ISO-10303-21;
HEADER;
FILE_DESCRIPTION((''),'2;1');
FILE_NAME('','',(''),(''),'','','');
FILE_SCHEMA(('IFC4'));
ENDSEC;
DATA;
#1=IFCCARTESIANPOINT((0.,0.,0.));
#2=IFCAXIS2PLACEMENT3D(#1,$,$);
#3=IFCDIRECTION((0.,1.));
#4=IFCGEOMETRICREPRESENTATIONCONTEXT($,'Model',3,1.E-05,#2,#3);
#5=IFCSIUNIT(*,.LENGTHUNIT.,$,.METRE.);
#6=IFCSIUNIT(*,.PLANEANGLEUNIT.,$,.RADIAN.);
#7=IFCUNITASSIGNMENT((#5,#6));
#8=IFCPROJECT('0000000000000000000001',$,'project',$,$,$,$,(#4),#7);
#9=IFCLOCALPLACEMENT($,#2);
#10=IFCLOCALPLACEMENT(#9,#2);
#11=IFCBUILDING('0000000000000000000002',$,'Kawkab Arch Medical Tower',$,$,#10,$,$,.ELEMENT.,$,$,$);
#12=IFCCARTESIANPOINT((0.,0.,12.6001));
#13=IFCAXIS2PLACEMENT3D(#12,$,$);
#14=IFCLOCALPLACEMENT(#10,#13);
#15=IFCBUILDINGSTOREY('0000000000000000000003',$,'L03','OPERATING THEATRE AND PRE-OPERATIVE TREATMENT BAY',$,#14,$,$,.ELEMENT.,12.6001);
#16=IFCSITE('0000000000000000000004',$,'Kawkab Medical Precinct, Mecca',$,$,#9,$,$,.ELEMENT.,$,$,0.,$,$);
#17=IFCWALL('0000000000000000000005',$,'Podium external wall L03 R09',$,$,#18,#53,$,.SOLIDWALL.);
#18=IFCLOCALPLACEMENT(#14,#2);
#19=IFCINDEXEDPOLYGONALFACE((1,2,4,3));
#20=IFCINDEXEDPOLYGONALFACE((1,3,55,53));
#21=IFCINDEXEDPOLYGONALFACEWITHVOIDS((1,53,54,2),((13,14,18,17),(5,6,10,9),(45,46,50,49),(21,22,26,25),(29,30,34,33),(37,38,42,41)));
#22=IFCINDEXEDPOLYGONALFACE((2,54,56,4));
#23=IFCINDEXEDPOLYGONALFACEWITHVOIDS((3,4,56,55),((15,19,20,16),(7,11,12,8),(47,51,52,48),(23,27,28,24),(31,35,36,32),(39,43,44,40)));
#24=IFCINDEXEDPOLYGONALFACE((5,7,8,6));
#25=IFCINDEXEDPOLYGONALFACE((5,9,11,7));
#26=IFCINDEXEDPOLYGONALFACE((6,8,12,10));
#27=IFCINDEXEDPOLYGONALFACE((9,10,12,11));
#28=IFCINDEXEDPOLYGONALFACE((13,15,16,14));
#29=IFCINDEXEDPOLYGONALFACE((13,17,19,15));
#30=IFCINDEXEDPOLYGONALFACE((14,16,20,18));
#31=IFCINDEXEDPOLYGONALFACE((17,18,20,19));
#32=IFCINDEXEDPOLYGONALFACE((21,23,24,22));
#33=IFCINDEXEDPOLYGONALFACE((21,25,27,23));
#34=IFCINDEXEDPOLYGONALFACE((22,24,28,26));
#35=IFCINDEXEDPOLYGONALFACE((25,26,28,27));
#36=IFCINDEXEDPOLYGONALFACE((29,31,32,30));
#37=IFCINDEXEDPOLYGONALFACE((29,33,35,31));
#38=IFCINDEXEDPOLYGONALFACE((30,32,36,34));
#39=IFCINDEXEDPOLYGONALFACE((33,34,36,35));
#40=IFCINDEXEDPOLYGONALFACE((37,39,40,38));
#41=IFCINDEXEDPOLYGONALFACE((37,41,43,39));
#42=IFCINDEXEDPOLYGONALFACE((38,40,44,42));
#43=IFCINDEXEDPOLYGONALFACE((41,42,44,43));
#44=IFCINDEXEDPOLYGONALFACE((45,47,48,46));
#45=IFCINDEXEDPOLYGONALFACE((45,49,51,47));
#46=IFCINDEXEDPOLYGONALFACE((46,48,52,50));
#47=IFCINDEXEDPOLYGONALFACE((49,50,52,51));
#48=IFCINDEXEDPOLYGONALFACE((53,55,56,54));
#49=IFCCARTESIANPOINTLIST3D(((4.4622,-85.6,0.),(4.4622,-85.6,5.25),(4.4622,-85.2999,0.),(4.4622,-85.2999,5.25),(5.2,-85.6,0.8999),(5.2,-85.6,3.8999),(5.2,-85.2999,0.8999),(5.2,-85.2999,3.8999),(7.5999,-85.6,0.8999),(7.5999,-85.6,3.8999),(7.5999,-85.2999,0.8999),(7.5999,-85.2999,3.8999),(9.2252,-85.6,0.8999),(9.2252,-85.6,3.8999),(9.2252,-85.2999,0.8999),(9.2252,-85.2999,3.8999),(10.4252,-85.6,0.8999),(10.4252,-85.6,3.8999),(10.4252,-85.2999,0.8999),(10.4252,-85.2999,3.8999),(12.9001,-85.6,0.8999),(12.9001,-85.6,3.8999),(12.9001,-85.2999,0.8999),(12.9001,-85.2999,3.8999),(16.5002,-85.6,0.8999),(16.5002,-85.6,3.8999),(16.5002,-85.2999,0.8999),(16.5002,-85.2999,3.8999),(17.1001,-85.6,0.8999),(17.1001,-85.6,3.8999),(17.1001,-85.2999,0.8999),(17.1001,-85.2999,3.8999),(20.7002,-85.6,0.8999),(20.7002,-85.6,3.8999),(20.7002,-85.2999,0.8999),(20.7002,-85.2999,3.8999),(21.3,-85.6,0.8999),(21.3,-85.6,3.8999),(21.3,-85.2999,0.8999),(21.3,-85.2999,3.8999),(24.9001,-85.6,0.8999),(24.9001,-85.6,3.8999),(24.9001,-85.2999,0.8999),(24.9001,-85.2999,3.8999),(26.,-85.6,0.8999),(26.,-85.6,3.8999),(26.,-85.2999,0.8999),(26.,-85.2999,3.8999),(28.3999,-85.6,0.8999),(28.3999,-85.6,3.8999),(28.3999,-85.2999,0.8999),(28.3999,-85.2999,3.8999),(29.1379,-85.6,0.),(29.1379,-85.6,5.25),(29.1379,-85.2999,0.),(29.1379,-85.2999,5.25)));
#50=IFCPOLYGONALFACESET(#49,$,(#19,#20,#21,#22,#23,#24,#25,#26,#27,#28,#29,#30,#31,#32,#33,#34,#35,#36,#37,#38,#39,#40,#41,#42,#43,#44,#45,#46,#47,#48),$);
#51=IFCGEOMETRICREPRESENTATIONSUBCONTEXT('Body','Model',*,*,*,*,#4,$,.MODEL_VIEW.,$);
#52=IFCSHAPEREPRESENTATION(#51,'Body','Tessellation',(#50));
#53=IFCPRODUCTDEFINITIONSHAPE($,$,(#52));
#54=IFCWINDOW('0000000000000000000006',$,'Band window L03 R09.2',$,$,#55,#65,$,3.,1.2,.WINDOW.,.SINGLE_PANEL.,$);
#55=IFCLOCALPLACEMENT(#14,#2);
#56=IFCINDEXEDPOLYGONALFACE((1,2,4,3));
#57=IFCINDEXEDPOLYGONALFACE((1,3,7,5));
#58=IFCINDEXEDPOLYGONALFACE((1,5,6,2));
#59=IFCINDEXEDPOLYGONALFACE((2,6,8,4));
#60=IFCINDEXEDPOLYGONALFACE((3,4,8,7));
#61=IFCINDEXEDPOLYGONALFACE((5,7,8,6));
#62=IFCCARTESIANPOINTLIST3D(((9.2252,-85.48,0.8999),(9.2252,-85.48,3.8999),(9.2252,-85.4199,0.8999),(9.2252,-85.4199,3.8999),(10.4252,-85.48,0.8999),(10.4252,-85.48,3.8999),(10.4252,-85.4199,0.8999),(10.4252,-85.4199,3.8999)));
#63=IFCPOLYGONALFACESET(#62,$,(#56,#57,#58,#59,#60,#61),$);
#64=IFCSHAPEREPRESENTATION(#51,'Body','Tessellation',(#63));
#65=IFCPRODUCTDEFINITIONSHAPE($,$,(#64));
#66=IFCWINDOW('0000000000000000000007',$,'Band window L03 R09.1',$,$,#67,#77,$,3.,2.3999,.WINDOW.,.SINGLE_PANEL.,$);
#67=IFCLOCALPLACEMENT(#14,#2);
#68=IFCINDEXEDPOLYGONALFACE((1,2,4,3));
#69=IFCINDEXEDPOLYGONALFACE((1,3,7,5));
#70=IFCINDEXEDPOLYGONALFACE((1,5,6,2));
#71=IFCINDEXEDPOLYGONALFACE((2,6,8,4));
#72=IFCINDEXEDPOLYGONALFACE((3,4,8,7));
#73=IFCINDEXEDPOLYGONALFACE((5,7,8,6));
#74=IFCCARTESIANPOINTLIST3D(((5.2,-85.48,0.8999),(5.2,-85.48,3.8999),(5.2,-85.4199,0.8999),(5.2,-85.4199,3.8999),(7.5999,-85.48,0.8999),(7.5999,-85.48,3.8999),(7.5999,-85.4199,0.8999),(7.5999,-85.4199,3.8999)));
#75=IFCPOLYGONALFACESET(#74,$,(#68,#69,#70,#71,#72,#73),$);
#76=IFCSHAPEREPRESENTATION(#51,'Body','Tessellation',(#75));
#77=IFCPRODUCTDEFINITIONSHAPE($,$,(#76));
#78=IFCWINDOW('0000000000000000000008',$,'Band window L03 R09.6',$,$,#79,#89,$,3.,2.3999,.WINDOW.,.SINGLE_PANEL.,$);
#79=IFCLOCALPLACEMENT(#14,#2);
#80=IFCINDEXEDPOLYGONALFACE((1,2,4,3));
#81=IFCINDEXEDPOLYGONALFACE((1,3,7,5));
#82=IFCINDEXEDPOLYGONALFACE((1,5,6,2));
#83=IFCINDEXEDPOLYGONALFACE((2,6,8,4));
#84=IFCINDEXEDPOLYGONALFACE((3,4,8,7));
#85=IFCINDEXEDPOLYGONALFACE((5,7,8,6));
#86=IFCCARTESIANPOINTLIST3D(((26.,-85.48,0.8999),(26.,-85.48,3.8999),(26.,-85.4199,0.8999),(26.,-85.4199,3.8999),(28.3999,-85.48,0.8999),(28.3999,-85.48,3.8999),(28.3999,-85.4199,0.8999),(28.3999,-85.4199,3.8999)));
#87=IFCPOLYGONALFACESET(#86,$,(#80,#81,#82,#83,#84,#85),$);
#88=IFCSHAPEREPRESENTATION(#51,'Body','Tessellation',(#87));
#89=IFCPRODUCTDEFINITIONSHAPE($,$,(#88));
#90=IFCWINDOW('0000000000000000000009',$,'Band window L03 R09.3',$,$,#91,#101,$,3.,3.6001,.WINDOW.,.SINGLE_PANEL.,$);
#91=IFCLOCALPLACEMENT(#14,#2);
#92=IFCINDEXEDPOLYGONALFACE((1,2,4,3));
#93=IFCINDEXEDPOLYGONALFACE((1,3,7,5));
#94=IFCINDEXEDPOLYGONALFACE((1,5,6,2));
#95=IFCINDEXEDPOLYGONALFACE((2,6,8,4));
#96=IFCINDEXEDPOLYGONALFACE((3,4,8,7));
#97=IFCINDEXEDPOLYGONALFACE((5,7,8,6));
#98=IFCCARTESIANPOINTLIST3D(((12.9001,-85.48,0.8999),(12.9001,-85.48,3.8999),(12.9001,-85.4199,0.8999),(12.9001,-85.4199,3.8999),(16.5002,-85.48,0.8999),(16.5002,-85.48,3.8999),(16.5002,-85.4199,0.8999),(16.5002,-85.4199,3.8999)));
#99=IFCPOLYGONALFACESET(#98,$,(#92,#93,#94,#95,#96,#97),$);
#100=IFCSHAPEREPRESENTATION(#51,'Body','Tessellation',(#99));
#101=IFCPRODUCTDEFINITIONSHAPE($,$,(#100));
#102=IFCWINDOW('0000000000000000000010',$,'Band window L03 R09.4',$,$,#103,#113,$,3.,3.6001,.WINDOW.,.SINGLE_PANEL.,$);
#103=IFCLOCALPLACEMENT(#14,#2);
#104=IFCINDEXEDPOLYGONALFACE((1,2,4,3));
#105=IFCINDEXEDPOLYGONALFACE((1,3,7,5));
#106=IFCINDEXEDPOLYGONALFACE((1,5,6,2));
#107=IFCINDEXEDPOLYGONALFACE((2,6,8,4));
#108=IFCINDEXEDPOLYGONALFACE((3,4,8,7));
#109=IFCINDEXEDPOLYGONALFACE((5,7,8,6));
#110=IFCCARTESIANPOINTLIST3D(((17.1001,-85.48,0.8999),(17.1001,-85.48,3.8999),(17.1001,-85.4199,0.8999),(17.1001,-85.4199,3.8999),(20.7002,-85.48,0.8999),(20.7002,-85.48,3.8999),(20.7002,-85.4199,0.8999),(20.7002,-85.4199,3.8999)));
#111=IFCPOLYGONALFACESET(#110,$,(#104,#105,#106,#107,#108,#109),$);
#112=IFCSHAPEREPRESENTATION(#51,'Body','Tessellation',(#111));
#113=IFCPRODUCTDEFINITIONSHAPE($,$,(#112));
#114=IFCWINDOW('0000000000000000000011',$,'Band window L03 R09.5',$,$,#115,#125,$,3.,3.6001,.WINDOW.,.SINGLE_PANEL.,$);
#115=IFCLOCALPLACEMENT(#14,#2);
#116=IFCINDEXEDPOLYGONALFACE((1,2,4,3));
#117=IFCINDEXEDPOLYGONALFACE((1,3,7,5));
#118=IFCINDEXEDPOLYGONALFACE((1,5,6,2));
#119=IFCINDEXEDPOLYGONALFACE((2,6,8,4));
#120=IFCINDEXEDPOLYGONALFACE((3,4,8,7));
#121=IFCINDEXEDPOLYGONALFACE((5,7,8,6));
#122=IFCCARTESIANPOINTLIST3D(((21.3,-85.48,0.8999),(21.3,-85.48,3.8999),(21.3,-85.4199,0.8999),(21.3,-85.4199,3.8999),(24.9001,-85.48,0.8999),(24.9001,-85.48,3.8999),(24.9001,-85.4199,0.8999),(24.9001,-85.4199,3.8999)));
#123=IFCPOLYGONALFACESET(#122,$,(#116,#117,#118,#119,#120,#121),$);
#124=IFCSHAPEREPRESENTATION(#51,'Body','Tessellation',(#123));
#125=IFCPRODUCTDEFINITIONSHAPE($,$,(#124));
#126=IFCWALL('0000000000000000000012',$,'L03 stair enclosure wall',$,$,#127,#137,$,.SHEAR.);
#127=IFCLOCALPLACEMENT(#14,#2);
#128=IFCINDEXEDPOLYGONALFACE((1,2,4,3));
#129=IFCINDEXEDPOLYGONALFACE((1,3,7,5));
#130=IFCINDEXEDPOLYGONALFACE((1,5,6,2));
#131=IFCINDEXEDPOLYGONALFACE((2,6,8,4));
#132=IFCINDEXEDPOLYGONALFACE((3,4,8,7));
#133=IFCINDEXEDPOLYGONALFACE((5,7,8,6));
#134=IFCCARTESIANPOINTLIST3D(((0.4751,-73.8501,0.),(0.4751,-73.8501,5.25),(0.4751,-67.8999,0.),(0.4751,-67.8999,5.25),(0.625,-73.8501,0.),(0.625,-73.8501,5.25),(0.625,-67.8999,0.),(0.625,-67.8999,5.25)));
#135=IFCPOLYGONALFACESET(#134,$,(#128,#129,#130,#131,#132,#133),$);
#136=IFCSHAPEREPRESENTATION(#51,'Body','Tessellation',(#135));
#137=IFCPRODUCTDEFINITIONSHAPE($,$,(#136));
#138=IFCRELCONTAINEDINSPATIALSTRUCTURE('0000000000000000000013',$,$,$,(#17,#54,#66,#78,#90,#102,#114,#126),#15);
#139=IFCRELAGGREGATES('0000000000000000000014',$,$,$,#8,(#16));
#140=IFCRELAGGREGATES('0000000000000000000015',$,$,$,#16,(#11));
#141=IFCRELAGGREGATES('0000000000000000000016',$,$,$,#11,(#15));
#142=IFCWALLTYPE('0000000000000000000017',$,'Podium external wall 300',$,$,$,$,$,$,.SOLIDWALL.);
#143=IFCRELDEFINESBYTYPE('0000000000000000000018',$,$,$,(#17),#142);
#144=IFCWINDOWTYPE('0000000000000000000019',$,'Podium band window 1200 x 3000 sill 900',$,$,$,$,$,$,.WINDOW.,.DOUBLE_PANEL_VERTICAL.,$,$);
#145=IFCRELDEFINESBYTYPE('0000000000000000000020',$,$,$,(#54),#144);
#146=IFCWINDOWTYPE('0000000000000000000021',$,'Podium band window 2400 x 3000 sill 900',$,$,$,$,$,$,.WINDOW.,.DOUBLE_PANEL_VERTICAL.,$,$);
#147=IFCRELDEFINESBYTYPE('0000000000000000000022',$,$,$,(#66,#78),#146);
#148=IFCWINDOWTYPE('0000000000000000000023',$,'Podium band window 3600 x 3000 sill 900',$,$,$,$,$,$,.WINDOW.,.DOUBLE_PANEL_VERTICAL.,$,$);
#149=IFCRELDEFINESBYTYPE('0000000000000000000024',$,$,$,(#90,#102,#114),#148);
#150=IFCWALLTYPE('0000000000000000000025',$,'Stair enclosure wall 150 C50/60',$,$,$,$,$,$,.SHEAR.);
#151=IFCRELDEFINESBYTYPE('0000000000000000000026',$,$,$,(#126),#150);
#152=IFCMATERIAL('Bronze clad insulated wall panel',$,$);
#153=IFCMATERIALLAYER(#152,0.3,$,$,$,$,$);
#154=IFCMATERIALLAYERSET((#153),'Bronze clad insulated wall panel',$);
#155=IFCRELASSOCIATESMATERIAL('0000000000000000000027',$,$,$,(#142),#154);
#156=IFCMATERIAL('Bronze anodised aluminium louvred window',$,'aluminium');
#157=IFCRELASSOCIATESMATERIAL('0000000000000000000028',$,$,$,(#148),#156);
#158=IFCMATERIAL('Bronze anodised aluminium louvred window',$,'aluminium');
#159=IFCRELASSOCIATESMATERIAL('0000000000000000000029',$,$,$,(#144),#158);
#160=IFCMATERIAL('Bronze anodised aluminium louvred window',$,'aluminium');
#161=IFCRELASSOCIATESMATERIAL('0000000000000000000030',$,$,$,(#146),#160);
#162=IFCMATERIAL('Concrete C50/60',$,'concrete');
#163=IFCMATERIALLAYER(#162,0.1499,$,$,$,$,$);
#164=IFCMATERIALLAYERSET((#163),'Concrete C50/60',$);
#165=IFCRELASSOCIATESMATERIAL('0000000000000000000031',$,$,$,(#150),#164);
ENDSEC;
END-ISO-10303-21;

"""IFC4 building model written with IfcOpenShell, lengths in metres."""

from ifc_helpers import new_model, si_unit, direction, frame, frame_2d, origin, place, context, subcontext, project, spatial, rectangle, extrude, material, layer, layer_set, type_object, element, fill, save


model = new_model("IFC4")

# Units and contexts
model_context = context("Model", 3, precision=1e-05, world=origin(), true_north=direction((0.0, 1.0)))
body_context = subcontext(model_context, "Body", "Model", "MODEL_VIEW")
ifc_project = project(units=[si_unit("LENGTHUNIT", "METRE"), si_unit("PLANEANGLEUNIT", "RADIAN")], contexts=[model_context])

# Site, building, storey
site_placement = place(None, origin())
site = spatial("IfcSite", under=ifc_project, at=site_placement, Name="Kawkab Medical Precinct, Mecca", CompositionType="ELEMENT", RefElevation=0.0)
building_placement = place(site_placement, origin())
building = spatial("IfcBuilding", under=site, at=building_placement, Name="Kawkab Arch Medical Tower", CompositionType="ELEMENT")
storey_placement = place(building_placement, frame((0.0, 0.0, 12.6001)))
storey = spatial("IfcBuildingStorey", under=building, at=storey_placement, Name="L03", Description="OPERATING THEATRE AND PRE-OPERATIVE TREATMENT BAY", CompositionType="ELEMENT", Elevation=12.6001)

# Wall, openings, windows
ifc_material_1 = material(Name="Bronze clad insulated wall panel")
ifc_layer_1 = layer(ifc_material_1, 0.3)
ifc_layer_set_1 = layer_set([ifc_layer_1], Name="Bronze clad insulated wall panel")
wall_type_1 = type_object("IfcWallType", Name="Podium external wall 300", PredefinedType="SOLIDWALL", material=ifc_layer_set_1)
ifc_material_2 = material(Name="Bronze anodised aluminium louvred window", Category="aluminium")
window_type_1 = type_object("IfcWindowType", Name="Podium band window 3600 x 3000 sill 900", PartitioningType="DOUBLE_PANEL_VERTICAL", PredefinedType="WINDOW", material=ifc_material_2)
wall_1_placement = place(storey_placement, frame((4.4622, -85.45, 0.0), z_axis=(0.0, 0.0, 1.0), x_axis=(1.0, 0.0, 0.0)))
wall_1 = element("IfcWall", 1, at=wall_1_placement, inside=storey, type_object=wall_type_1, Name="Podium external wall L03 R09", PredefinedType="SOLIDWALL", context=body_context, shape_type="SweptSolid", body=[
    extrude(rectangle(XDim=24.6758, YDim=0.3, at=frame_2d((12.3379, 0.0))), origin(), (0.0, 0.0, 1.0), 5.25),
])
opening_1_placement = place(wall_1_placement, frame((0.7378, 0.0, 0.8999)))
opening_1 = element("IfcOpeningElement", 2, at=opening_1_placement, cuts=wall_1, PredefinedType="OPENING", context=body_context, shape_type="SweptSolid", body=[
    extrude(rectangle(XDim=2.3999, YDim=3.0, at=frame_2d((1.2, 1.5))), frame((0.0, 0.1599, 0.0), z_axis=(0.0, -1.0, 0.0), x_axis=(1.0, 0.0, 0.0)), (0.0, 0.0, 1.0), 0.3201),
])
opening_2_placement = place(wall_1_placement, frame((4.7629, 0.0, 0.8999)))
opening_2 = element("IfcOpeningElement", 3, at=opening_2_placement, cuts=wall_1, PredefinedType="OPENING", context=body_context, shape_type="SweptSolid", body=[
    extrude(rectangle(XDim=1.2, YDim=3.0, at=frame_2d((0.6001, 1.5))), frame((0.0, 0.1599, 0.0), z_axis=(0.0, -1.0, 0.0), x_axis=(1.0, 0.0, 0.0)), (0.0, 0.0, 1.0), 0.3201),
])
opening_3_placement = place(wall_1_placement, frame((8.438, 0.0, 0.8999)))
opening_3 = element("IfcOpeningElement", 4, at=opening_3_placement, cuts=wall_1, PredefinedType="OPENING", context=body_context, shape_type="SweptSolid", body=[
    extrude(rectangle(XDim=3.6001, YDim=3.0, at=frame_2d((1.8, 1.5))), frame((0.0, 0.1599, 0.0), z_axis=(0.0, -1.0, 0.0), x_axis=(1.0, 0.0, 0.0)), (0.0, 0.0, 1.0), 0.3201),
])
opening_4_placement = place(wall_1_placement, frame((12.6379, 0.0, 0.8999)))
opening_4 = element("IfcOpeningElement", 5, at=opening_4_placement, cuts=wall_1, PredefinedType="OPENING", context=body_context, shape_type="SweptSolid", body=[
    extrude(rectangle(XDim=3.6001, YDim=3.0, at=frame_2d((1.8, 1.5))), frame((0.0, 0.1599, 0.0), z_axis=(0.0, -1.0, 0.0), x_axis=(1.0, 0.0, 0.0)), (0.0, 0.0, 1.0), 0.3201),
])
opening_5_placement = place(wall_1_placement, frame((16.8379, 0.0, 0.8999)))
opening_5 = element("IfcOpeningElement", 6, at=opening_5_placement, cuts=wall_1, PredefinedType="OPENING", context=body_context, shape_type="SweptSolid", body=[
    extrude(rectangle(XDim=3.6001, YDim=3.0, at=frame_2d((1.8, 1.5))), frame((0.0, 0.1599, 0.0), z_axis=(0.0, -1.0, 0.0), x_axis=(1.0, 0.0, 0.0)), (0.0, 0.0, 1.0), 0.3201),
])
opening_6_placement = place(wall_1_placement, frame((21.5378, 0.0, 0.8999)))
opening_6 = element("IfcOpeningElement", 7, at=opening_6_placement, cuts=wall_1, PredefinedType="OPENING", context=body_context, shape_type="SweptSolid", body=[
    extrude(rectangle(XDim=2.3999, YDim=3.0, at=frame_2d((1.2, 1.5))), frame((0.0, 0.1599, 0.0), z_axis=(0.0, -1.0, 0.0), x_axis=(1.0, 0.0, 0.0)), (0.0, 0.0, 1.0), 0.3201),
])
ifc_material_3 = material(Name="Bronze anodised aluminium louvred window", Category="aluminium")
window_type_2 = type_object("IfcWindowType", Name="Podium band window 1200 x 3000 sill 900", PartitioningType="DOUBLE_PANEL_VERTICAL", PredefinedType="WINDOW", material=ifc_material_3)
window_1_placement = place(opening_2_placement, origin())
window_1 = element("IfcWindow", 8, at=window_1_placement, inside=storey, type_object=window_type_2, Name="Band window L03 R09.2", OverallHeight=3.0, OverallWidth=1.2, PartitioningType="SINGLE_PANEL", PredefinedType="WINDOW", context=body_context, shape_type="SweptSolid", body=[
    extrude(rectangle(XDim=1.2, YDim=3.0, at=frame_2d((0.6001, 1.5))), frame((0.0, 0.03, 0.0), z_axis=(0.0, -1.0, 0.0), x_axis=(1.0, 0.0, 0.0)), (0.0, 0.0, 1.0), 0.0601),
])
fill(opening_2, window_1)
ifc_material_4 = material(Name="Bronze anodised aluminium louvred window", Category="aluminium")
window_type_3 = type_object("IfcWindowType", Name="Podium band window 2400 x 3000 sill 900", PartitioningType="DOUBLE_PANEL_VERTICAL", PredefinedType="WINDOW", material=ifc_material_4)
window_2_placement = place(opening_1_placement, origin())
window_2 = element("IfcWindow", 9, at=window_2_placement, inside=storey, type_object=window_type_3, Name="Band window L03 R09.1", OverallHeight=3.0, OverallWidth=2.3999, PartitioningType="SINGLE_PANEL", PredefinedType="WINDOW", context=body_context, shape_type="SweptSolid", body=[
    extrude(rectangle(XDim=2.3999, YDim=3.0, at=frame_2d((1.2, 1.5))), frame((0.0, 0.03, 0.0), z_axis=(0.0, -1.0, 0.0), x_axis=(1.0, 0.0, 0.0)), (0.0, 0.0, 1.0), 0.0601),
])
fill(opening_1, window_2)
window_3_placement = place(opening_6_placement, origin())
window_3 = element("IfcWindow", 10, at=window_3_placement, inside=storey, type_object=window_type_3, Name="Band window L03 R09.6", OverallHeight=3.0, OverallWidth=2.3999, PartitioningType="SINGLE_PANEL", PredefinedType="WINDOW", context=body_context, shape_type="SweptSolid", body=[
    extrude(rectangle(XDim=2.3999, YDim=3.0, at=frame_2d((1.2, 1.5))), frame((0.0, 0.03, 0.0), z_axis=(0.0, -1.0, 0.0), x_axis=(1.0, 0.0, 0.0)), (0.0, 0.0, 1.0), 0.0601),
])
fill(opening_6, window_3)
window_4_placement = place(opening_3_placement, origin())
window_4 = element("IfcWindow", 11, at=window_4_placement, inside=storey, type_object=window_type_1, Name="Band window L03 R09.3", OverallHeight=3.0, OverallWidth=3.6001, PartitioningType="SINGLE_PANEL", PredefinedType="WINDOW", context=body_context, shape_type="SweptSolid", body=[
    extrude(rectangle(XDim=3.6001, YDim=3.0, at=frame_2d((1.8, 1.5))), frame((0.0, 0.03, 0.0), z_axis=(0.0, -1.0, 0.0), x_axis=(1.0, 0.0, 0.0)), (0.0, 0.0, 1.0), 0.0601),
])
fill(opening_3, window_4)
window_5_placement = place(opening_4_placement, origin())
window_5 = element("IfcWindow", 12, at=window_5_placement, inside=storey, type_object=window_type_1, Name="Band window L03 R09.4", OverallHeight=3.0, OverallWidth=3.6001, PartitioningType="SINGLE_PANEL", PredefinedType="WINDOW", context=body_context, shape_type="SweptSolid", body=[
    extrude(rectangle(XDim=3.6001, YDim=3.0, at=frame_2d((1.8, 1.5))), frame((0.0, 0.03, 0.0), z_axis=(0.0, -1.0, 0.0), x_axis=(1.0, 0.0, 0.0)), (0.0, 0.0, 1.0), 0.0601),
])
fill(opening_4, window_5)
window_6_placement = place(opening_5_placement, origin())
window_6 = element("IfcWindow", 13, at=window_6_placement, inside=storey, type_object=window_type_1, Name="Band window L03 R09.5", OverallHeight=3.0, OverallWidth=3.6001, PartitioningType="SINGLE_PANEL", PredefinedType="WINDOW", context=body_context, shape_type="SweptSolid", body=[
    extrude(rectangle(XDim=3.6001, YDim=3.0, at=frame_2d((1.8, 1.5))), frame((0.0, 0.03, 0.0), z_axis=(0.0, -1.0, 0.0), x_axis=(1.0, 0.0, 0.0)), (0.0, 0.0, 1.0), 0.0601),
])
fill(opening_5, window_6)

# Wall
ifc_material_5 = material(Name="Concrete C50/60", Category="concrete")
ifc_layer_2 = layer(ifc_material_5, 0.1499)
ifc_layer_set_2 = layer_set([ifc_layer_2], Name="Concrete C50/60")
wall_type_2 = type_object("IfcWallType", Name="Stair enclosure wall 150 C50/60", PredefinedType="SHEAR", material=ifc_layer_set_2)
wall_2_placement = place(storey_placement, frame((0.55, -73.8501, 0.0), z_axis=(0.0, 0.0, 1.0), x_axis=(0.0, 1.0, 0.0)))
element("IfcWall", 14, at=wall_2_placement, inside=storey, type_object=wall_type_2, Name="L03 stair enclosure wall", PredefinedType="SHEAR", context=body_context, shape_type="SweptSolid", body=[
    extrude(rectangle(XDim=5.9502, YDim=0.1499, at=frame_2d((2.9751, 0.0))), origin(), (0.0, 0.0, 1.0), 5.25),
])

save(model, "model.ifc")
